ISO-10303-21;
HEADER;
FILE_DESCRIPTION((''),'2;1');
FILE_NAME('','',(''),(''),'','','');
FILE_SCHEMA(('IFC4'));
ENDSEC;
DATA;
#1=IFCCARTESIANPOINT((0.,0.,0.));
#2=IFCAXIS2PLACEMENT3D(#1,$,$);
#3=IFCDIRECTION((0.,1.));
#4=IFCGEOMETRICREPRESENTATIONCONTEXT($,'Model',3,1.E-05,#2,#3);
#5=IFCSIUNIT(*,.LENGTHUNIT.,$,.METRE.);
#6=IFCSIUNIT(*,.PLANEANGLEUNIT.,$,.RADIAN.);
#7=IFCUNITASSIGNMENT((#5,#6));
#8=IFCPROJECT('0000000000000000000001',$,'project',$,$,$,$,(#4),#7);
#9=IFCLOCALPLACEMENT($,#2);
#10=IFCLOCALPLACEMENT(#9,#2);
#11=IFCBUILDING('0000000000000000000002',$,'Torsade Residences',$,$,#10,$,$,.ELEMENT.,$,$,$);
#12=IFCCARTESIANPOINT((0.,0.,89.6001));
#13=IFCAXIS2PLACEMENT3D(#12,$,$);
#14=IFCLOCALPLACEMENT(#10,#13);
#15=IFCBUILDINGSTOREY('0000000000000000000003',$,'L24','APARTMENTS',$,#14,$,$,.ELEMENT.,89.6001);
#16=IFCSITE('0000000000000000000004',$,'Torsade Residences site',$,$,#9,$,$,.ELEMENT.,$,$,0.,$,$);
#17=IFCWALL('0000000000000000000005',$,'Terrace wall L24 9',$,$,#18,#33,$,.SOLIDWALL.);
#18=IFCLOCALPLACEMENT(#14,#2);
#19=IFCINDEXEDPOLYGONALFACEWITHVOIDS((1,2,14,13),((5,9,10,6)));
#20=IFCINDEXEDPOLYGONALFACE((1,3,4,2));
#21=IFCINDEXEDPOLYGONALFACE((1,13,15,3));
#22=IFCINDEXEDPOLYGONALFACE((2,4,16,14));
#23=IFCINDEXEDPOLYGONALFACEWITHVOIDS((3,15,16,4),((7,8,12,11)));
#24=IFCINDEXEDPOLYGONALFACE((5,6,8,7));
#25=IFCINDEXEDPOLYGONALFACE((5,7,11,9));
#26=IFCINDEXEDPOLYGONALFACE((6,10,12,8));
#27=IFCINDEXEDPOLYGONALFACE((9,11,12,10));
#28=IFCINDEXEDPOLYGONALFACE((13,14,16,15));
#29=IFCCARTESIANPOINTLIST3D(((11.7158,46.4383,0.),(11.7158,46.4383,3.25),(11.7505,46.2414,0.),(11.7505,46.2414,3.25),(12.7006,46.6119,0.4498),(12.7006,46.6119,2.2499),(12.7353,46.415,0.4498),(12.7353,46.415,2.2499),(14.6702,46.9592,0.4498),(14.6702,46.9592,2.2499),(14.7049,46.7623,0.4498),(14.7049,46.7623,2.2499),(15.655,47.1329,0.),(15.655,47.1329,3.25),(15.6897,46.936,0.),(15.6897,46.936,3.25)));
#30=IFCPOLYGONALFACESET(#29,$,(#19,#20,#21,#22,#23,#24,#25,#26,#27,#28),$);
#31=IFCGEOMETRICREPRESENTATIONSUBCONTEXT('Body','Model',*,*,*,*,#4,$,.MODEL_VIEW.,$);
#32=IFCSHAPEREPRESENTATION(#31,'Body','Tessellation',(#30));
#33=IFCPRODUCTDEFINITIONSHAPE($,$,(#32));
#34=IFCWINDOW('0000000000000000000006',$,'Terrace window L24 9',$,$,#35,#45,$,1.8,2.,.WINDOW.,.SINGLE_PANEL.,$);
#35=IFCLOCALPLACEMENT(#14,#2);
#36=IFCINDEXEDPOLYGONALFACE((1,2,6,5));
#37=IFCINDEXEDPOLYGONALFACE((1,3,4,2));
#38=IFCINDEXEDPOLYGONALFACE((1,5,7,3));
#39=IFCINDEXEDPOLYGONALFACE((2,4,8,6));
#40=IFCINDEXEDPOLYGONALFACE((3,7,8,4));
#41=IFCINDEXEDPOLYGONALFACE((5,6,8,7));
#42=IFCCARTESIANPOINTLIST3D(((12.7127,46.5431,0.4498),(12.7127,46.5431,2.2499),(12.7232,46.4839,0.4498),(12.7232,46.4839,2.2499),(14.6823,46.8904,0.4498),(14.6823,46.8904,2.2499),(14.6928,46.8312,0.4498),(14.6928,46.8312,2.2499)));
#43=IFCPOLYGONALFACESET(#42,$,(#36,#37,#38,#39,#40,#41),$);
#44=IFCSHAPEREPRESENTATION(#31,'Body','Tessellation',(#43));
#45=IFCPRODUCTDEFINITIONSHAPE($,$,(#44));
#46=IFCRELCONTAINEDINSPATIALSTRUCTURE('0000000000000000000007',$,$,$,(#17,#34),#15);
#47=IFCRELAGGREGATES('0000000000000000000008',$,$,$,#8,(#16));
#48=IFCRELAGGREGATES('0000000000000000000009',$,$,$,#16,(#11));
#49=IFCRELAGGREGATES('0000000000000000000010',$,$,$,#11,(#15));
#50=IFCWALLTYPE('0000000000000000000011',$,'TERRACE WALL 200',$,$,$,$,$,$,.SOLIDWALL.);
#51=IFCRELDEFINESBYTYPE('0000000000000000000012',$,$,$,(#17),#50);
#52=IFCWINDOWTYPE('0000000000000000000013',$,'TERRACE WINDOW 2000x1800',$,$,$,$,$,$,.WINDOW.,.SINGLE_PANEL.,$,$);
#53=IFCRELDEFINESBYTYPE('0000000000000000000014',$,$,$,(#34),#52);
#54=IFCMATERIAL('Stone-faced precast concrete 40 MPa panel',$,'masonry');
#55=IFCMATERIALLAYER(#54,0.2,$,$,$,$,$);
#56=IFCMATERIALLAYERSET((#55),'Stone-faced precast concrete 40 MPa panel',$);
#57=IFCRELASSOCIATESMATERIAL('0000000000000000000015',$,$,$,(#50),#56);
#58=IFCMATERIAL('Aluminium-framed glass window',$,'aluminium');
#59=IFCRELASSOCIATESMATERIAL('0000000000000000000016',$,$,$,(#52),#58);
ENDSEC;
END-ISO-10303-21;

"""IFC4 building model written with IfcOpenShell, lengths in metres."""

from ifc_helpers import new_model, si_unit, direction, frame, frame_2d, origin, place, context, subcontext, project, spatial, rectangle, extrude, material, layer, layer_set, type_object, element, fill, save


model = new_model("IFC4")

# Units and contexts
model_context = context("Model", 3, precision=1e-05, world=origin(), true_north=direction((0.0, 1.0)))
body_context = subcontext(model_context, "Body", "Model", "MODEL_VIEW")
ifc_project = project(units=[si_unit("LENGTHUNIT", "METRE"), si_unit("PLANEANGLEUNIT", "RADIAN")], contexts=[model_context])

# Site, building, storey
site_placement = place(None, origin())
site = spatial("IfcSite", under=ifc_project, at=site_placement, Name="Torsade Residences site", CompositionType="ELEMENT", RefElevation=0.0)
building_placement = place(site_placement, origin())
building = spatial("IfcBuilding", under=site, at=building_placement, Name="Torsade Residences", CompositionType="ELEMENT")
storey_placement = place(building_placement, frame((0.0, 0.0, 89.6001)))
storey = spatial("IfcBuildingStorey", under=building, at=storey_placement, Name="L24", Description="APARTMENTS", CompositionType="ELEMENT", Elevation=89.6001)

# Shared definitions
ifc_material_1 = material(Name="Stone-faced precast concrete 40 MPa panel", Category="masonry")
ifc_layer_1 = layer(ifc_material_1, 0.2)
ifc_layer_set_1 = layer_set([ifc_layer_1], Name="Stone-faced precast concrete 40 MPa panel")
wall_type_1 = type_object("IfcWallType", Name="TERRACE WALL 200", PredefinedType="SOLIDWALL", material=ifc_layer_set_1)

# Wall, opening, window
wall_1_placement = place(storey_placement, frame((15.6724, 47.0344, 0.0), z_axis=(0.0, 0.0, 1.0), x_axis=(-0.984808, -0.173646, 0.0)))
wall_1 = element("IfcWall", 1, at=wall_1_placement, inside=storey, type_object=wall_type_1, Name="Terrace wall L24 9", PredefinedType="SOLIDWALL", context=body_context, shape_type="SweptSolid", body=[
    extrude(rectangle(XDim=4.0, YDim=0.2, at=frame_2d((2.0, 0.0))), origin(), (0.0, 0.0, 1.0), 3.25),
])
opening_1_placement = place(wall_1_placement, frame((1.0, 0.0, 0.45)))
opening_1 = element("IfcOpeningElement", 2, at=opening_1_placement, cuts=wall_1, PredefinedType="OPENING", context=body_context, shape_type="SweptSolid", body=[
    extrude(rectangle(XDim=2.0, YDim=1.8, at=frame_2d((1.0, 0.8999))), frame((0.0, 0.1099, 0.0), z_axis=(0.0, -1.0, 0.0), x_axis=(1.0, 0.0, 0.0)), (0.0, 0.0, 1.0), 0.22),
])
ifc_material_2 = material(Name="Aluminium-framed glass window", Category="aluminium")
window_type = type_object("IfcWindowType", Name="TERRACE WINDOW 2000x1800", PartitioningType="SINGLE_PANEL", PredefinedType="WINDOW", material=ifc_material_2)
window_placement = place(opening_1_placement, origin())
window = element("IfcWindow", 3, at=window_placement, inside=storey, type_object=window_type, Name="Terrace window L24 9", OverallHeight=1.8, OverallWidth=2.0, PartitioningType="SINGLE_PANEL", PredefinedType="WINDOW", context=body_context, shape_type="SweptSolid", body=[
    extrude(rectangle(XDim=2.0, YDim=1.8, at=frame_2d((1.0, 0.8999))), frame((0.0, 0.03, 0.0), z_axis=(0.0, -1.0, 0.0), x_axis=(1.0, 0.0, 0.0)), (0.0, 0.0, 1.0), 0.0601),
])
fill(opening_1, window)

save(model, "model.ifc")
